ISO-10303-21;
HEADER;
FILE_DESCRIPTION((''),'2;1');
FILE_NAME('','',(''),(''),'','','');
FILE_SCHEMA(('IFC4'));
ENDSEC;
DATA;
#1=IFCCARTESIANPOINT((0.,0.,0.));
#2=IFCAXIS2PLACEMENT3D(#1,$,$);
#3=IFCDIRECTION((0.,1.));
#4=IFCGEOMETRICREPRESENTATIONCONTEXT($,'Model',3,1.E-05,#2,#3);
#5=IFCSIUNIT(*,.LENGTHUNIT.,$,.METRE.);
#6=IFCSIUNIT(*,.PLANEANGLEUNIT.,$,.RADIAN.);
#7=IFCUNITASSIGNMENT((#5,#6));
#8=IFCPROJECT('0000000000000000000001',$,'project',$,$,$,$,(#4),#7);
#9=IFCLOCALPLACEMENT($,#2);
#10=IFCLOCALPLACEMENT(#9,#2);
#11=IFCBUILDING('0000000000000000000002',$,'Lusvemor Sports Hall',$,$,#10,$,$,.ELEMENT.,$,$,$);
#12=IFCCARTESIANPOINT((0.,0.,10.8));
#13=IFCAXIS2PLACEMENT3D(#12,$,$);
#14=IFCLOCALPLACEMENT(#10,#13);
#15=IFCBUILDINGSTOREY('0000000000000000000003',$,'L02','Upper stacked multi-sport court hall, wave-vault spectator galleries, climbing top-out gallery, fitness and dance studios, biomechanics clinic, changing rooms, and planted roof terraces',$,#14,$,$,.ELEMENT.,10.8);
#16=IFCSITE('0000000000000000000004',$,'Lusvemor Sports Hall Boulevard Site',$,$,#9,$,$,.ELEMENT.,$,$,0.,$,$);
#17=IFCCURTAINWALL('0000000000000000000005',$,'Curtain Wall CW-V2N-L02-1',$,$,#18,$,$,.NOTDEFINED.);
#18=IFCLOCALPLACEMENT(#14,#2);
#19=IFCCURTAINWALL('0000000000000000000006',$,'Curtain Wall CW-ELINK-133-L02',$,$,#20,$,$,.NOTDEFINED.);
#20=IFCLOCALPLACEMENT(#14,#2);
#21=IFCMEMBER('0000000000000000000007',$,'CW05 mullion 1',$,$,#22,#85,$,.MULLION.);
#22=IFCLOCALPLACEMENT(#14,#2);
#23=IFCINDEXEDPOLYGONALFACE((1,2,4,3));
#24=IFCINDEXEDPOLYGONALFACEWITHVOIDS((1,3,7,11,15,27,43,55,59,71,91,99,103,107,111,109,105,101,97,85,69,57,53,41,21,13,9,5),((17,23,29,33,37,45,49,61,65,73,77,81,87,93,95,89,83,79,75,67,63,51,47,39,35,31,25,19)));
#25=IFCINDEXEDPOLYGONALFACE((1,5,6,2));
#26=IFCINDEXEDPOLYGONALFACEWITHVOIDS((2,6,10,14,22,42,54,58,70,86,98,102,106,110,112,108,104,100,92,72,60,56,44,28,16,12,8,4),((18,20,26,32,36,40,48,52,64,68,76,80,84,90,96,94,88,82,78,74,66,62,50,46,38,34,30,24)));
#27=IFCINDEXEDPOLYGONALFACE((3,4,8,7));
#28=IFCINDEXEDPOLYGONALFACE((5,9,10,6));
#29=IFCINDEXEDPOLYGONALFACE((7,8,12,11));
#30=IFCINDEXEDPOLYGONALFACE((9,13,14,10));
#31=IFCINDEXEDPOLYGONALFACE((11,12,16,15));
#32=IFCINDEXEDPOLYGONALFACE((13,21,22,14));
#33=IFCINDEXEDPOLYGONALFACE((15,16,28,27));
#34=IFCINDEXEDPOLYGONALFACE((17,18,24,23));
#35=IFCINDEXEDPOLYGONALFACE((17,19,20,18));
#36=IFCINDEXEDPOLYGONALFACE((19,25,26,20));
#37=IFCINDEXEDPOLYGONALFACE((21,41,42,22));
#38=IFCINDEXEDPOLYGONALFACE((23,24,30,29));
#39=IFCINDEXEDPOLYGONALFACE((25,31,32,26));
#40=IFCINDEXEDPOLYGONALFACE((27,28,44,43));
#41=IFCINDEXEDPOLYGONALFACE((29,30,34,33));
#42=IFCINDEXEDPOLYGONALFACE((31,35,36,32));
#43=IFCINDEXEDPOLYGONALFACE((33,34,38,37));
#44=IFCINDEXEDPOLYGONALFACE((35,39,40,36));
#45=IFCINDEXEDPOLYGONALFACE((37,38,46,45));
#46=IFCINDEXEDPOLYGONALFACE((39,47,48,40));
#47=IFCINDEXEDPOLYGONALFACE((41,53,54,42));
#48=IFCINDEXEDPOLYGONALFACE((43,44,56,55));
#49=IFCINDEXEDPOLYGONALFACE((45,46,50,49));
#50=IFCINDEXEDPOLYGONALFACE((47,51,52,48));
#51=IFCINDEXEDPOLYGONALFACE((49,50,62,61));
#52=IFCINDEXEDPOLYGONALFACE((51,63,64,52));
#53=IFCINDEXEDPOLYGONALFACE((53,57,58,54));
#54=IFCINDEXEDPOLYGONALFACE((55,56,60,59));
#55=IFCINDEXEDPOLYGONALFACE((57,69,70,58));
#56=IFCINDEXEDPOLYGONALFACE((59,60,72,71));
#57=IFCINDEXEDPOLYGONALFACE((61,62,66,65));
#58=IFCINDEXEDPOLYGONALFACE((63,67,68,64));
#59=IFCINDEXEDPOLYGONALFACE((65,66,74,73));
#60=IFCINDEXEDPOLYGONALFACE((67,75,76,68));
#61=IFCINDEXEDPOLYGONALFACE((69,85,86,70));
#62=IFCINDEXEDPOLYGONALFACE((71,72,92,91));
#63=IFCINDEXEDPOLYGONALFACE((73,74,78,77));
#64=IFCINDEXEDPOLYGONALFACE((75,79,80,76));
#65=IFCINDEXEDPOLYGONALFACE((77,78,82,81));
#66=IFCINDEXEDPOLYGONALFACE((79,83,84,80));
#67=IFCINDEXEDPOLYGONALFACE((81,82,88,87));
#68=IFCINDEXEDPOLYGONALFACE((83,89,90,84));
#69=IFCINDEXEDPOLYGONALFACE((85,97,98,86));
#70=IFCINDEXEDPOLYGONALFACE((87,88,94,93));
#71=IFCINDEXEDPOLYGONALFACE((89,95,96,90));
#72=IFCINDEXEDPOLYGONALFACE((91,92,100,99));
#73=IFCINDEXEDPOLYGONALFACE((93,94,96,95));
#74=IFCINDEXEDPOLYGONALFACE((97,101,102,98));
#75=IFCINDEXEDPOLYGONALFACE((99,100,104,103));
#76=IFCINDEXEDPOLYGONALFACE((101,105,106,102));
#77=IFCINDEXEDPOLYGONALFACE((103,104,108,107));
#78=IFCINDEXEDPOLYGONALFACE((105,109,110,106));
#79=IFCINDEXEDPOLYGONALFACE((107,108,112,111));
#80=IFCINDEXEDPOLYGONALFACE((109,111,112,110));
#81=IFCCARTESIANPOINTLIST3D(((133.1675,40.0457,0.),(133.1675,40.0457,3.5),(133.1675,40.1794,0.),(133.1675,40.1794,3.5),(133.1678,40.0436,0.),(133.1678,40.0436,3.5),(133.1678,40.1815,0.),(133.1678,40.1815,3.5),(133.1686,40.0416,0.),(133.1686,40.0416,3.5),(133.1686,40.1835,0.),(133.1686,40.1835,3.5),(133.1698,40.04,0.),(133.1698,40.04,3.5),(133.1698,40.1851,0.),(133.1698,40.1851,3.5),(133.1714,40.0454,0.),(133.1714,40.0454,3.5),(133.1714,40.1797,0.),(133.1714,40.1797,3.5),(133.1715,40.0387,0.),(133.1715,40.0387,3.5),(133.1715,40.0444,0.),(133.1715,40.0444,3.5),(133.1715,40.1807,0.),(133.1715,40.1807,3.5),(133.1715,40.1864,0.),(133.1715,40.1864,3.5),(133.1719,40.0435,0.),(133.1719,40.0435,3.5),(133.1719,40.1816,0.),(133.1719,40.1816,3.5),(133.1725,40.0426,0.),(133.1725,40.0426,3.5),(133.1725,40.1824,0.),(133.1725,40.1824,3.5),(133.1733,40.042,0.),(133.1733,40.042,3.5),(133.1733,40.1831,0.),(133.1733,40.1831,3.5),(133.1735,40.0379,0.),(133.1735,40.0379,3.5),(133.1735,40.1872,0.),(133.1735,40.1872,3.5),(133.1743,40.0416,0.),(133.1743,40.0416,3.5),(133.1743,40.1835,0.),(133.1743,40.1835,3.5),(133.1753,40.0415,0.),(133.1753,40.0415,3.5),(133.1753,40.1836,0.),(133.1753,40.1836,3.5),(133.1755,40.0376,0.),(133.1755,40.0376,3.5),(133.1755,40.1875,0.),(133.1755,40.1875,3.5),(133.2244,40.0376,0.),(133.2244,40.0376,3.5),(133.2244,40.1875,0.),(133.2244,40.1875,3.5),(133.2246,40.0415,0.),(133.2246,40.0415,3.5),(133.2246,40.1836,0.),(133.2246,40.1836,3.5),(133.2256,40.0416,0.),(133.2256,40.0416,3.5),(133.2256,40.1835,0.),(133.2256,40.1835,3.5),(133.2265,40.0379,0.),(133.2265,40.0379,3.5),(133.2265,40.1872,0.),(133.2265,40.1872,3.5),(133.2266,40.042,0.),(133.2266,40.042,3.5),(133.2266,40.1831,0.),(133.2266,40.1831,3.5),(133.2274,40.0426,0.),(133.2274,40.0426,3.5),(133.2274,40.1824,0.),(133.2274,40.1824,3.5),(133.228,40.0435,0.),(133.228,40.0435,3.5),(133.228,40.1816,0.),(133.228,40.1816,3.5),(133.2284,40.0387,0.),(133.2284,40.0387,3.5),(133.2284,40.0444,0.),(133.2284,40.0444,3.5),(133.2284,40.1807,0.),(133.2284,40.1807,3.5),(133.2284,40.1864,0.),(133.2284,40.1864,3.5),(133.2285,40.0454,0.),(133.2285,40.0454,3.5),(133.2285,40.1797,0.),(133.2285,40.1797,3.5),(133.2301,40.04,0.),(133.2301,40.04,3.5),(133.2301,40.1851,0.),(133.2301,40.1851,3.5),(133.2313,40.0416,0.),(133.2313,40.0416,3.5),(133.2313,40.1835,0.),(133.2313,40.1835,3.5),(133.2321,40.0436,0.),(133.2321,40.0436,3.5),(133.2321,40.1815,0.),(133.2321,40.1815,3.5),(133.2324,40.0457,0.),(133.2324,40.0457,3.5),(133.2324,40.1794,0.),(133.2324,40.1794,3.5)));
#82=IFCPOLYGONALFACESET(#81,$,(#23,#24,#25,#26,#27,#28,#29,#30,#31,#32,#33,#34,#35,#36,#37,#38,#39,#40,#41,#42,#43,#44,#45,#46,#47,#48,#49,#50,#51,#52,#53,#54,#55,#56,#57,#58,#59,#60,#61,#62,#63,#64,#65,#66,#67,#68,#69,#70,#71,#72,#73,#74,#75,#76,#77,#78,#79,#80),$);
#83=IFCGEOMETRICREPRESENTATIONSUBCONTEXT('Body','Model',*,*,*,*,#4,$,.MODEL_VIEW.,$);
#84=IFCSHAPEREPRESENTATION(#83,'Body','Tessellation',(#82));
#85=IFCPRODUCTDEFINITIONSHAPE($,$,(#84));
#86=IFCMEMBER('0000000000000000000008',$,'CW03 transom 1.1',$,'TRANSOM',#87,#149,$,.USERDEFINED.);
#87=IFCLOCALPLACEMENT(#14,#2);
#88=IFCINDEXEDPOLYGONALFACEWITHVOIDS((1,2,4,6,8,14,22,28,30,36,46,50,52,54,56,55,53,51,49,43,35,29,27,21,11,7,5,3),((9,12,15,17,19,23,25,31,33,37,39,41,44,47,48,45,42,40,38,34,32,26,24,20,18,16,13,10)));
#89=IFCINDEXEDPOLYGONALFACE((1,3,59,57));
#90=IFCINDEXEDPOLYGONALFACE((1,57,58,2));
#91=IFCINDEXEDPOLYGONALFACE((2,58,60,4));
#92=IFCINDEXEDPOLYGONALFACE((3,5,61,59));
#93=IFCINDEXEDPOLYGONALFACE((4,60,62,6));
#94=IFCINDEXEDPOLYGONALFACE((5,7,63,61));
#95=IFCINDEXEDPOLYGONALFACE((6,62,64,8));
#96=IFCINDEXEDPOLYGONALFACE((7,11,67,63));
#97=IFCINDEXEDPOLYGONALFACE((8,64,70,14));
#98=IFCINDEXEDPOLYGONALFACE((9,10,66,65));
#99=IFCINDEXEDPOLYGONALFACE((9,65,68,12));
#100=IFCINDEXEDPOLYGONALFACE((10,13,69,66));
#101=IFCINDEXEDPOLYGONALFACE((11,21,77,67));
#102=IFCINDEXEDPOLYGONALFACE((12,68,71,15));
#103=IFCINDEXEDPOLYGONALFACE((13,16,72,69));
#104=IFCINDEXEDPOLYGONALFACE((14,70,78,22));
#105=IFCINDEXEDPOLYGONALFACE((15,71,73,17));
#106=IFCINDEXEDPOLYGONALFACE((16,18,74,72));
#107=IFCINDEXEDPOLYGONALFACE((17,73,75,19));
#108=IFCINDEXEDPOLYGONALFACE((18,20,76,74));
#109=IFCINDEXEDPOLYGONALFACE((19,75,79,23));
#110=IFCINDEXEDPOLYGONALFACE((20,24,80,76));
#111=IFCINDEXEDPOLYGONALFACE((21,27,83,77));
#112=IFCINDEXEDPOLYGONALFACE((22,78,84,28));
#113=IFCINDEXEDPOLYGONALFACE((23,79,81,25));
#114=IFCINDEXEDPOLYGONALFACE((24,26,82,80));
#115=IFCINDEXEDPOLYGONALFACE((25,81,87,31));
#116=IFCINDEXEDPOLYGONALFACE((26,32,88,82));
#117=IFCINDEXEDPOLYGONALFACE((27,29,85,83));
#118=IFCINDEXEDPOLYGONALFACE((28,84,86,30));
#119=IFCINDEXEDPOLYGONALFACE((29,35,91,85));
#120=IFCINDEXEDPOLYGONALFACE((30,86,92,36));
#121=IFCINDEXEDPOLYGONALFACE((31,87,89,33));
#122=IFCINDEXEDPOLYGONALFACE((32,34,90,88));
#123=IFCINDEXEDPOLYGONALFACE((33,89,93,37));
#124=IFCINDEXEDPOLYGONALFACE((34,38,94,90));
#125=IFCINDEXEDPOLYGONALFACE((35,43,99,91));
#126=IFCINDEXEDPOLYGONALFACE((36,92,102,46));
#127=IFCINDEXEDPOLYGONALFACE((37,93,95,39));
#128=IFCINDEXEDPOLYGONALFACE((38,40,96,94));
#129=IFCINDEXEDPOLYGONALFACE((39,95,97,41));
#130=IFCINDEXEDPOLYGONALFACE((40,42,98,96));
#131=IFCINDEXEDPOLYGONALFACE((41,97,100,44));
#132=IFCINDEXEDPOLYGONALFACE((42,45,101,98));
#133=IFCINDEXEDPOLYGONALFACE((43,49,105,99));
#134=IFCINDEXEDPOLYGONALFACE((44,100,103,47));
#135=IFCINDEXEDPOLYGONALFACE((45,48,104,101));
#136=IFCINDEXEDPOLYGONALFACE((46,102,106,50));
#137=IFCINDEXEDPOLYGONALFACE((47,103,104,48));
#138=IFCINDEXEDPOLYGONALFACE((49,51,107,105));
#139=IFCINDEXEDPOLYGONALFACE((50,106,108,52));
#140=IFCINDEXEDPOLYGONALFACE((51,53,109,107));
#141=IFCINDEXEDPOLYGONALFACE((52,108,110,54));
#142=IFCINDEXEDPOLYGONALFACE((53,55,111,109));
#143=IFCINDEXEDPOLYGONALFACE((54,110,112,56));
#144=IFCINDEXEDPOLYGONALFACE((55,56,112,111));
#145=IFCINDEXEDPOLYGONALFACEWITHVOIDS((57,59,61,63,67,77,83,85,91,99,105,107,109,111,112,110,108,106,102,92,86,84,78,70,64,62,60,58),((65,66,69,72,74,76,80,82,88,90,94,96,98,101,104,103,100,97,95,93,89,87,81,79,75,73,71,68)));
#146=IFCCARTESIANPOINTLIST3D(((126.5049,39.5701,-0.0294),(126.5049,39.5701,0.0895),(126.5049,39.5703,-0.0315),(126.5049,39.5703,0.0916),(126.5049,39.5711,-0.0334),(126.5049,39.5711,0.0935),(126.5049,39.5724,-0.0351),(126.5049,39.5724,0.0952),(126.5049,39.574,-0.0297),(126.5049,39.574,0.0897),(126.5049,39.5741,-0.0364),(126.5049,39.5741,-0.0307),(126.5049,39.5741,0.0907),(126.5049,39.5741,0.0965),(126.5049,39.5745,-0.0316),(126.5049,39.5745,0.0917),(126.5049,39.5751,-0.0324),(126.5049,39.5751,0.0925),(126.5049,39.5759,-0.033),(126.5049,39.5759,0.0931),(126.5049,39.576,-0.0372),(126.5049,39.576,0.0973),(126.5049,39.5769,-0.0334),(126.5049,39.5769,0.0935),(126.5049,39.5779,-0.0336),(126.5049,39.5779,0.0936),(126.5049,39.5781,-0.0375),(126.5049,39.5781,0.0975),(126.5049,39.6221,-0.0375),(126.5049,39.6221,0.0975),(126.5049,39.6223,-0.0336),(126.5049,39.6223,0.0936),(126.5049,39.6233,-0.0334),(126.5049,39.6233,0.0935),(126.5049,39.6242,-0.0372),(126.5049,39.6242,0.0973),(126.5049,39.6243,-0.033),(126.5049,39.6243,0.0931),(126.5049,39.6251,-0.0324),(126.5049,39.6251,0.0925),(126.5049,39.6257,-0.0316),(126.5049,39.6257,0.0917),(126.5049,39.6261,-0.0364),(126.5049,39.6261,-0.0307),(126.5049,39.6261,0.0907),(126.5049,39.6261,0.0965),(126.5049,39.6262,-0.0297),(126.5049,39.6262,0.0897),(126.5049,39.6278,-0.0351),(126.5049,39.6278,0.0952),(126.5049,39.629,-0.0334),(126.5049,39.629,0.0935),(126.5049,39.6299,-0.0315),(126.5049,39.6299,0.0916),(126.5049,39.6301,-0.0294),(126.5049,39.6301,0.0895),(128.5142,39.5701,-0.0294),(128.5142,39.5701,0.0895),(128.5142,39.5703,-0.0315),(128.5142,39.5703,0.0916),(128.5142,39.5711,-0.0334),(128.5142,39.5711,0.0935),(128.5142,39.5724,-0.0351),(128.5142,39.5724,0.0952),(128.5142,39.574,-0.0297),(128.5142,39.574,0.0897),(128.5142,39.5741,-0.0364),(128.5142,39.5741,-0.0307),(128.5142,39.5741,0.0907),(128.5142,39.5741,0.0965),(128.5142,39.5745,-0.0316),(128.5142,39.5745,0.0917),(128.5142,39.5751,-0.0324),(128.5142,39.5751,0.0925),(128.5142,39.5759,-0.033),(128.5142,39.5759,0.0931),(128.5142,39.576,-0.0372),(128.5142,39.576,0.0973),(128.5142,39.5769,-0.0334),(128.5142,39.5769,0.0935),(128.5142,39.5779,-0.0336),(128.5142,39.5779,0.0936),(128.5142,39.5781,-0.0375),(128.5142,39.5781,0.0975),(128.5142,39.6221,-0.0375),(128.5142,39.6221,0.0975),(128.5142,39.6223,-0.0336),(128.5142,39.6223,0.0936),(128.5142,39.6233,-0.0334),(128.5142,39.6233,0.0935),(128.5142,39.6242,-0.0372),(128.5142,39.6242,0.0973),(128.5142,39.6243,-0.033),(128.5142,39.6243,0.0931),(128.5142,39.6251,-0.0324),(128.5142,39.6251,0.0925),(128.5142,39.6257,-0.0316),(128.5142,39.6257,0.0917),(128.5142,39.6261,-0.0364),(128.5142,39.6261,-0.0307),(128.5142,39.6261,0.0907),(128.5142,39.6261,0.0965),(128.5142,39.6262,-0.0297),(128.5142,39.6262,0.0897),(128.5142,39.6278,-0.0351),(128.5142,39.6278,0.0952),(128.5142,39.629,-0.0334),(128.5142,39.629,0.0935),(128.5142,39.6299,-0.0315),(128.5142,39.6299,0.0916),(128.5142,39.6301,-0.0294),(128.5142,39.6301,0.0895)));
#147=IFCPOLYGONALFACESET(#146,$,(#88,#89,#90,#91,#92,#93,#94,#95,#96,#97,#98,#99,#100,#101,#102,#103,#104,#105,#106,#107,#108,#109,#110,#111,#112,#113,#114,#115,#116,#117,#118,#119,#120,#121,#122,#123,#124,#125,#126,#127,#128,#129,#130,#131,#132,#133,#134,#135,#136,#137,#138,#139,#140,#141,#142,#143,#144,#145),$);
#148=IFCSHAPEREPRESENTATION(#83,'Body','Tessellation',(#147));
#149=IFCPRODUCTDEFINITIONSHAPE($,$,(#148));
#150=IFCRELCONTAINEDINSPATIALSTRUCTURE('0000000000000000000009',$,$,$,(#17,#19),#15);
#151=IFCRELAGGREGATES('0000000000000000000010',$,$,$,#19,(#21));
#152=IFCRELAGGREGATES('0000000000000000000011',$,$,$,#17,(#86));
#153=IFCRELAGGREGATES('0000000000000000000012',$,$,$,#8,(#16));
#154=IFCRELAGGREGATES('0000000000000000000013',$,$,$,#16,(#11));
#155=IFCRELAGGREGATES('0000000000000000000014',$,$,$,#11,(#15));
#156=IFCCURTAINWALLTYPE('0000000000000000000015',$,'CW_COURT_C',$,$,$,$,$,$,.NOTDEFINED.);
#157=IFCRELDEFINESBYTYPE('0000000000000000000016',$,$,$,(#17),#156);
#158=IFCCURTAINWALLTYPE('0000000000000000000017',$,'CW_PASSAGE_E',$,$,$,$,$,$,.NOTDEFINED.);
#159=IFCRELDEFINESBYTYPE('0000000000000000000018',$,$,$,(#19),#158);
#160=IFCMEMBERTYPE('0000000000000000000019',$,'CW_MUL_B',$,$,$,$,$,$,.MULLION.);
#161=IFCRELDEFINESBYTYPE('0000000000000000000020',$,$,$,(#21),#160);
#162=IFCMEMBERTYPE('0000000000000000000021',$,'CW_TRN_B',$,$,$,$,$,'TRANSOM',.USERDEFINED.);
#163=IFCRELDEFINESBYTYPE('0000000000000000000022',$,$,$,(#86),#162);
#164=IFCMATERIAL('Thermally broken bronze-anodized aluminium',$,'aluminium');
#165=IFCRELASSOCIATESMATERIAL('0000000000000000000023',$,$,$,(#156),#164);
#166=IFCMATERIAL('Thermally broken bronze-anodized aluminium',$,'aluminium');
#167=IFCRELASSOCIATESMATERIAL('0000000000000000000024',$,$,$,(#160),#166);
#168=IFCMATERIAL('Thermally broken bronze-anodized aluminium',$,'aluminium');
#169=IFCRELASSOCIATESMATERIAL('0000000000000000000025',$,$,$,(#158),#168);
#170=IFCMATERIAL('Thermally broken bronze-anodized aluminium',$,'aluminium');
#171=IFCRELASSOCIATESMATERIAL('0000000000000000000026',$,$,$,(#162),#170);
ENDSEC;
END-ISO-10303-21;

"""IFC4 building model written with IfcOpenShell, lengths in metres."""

from ifc_helpers import new_model, si_unit, direction, frame, origin, origin_2d, place, context, subcontext, project, spatial, hollow_rectangle, extrude, material, material_profile, profile_set, type_object, element, aggregate, save


model = new_model("IFC4")

# Units and contexts
model_context = context("Model", 3, precision=1e-05, world=origin(), true_north=direction((0.0, 1.0)))
body_context = subcontext(model_context, "Body", "Model", "MODEL_VIEW")
ifc_project = project(units=[si_unit("LENGTHUNIT", "METRE"), si_unit("PLANEANGLEUNIT", "RADIAN")], contexts=[model_context])

# Site, building, storey
site_placement = place(None, origin())
site = spatial("IfcSite", under=ifc_project, at=site_placement, Name="Lusvemor Sports Hall Boulevard Site", CompositionType="ELEMENT", RefElevation=0.0)
building_placement = place(site_placement, origin())
building = spatial("IfcBuilding", under=site, at=building_placement, Name="Lusvemor Sports Hall", CompositionType="ELEMENT")
storey_placement = place(building_placement, frame((0.0, 0.0, 10.8)))
storey = spatial("IfcBuildingStorey", under=building, at=storey_placement, Name="L02", Description="Upper stacked multi-sport court hall, wave-vault spectator galleries, climbing top-out gallery, fitness and dance studios, biomechanics clinic, changing rooms, and planted roof terraces", CompositionType="ELEMENT", Elevation=10.8)

# Curtain wall
ifc_material_1 = material(Name="Thermally broken bronze-anodized aluminium", Category="aluminium")
curtain_wall_type_1 = type_object("IfcCurtainWallType", Name="CW_COURT_C", PredefinedType="NOTDEFINED", material=ifc_material_1)
curtain_wall_1_placement = place(storey_placement, origin())
curtain_wall_1 = element("IfcCurtainWall", 1, at=curtain_wall_1_placement, inside=storey, type_object=curtain_wall_type_1, Name="Curtain Wall CW-V2N-L02-1", PredefinedType="NOTDEFINED")
ifc_material_2 = material(Name="Thermally broken bronze-anodized aluminium", Category="aluminium")
ifc_material_profile_1 = material_profile(ifc_material_2, hollow_rectangle(XDim=0.0649, YDim=0.1499, WallThickness=0.0039, InnerFilletRadius=0.0039, OuterFilletRadius=0.0081, at=origin_2d()), Name="CWMUL150x65x4")
ifc_profile_set_1 = profile_set([ifc_material_profile_1], Name="Thermally broken bronze-anodized aluminium")
member_type_1 = type_object("IfcMemberType", Name="CW_MUL_B", PredefinedType="MULLION", material=ifc_profile_set_1)

# Curtain wall, member
ifc_material_3 = material(Name="Thermally broken bronze-anodized aluminium", Category="aluminium")
curtain_wall_type_2 = type_object("IfcCurtainWallType", Name="CW_PASSAGE_E", PredefinedType="NOTDEFINED", material=ifc_material_3)
curtain_wall_2_placement = place(storey_placement, origin())
curtain_wall_2 = element("IfcCurtainWall", 2, at=curtain_wall_2_placement, inside=storey, type_object=curtain_wall_type_2, Name="Curtain Wall CW-ELINK-133-L02", PredefinedType="NOTDEFINED")
member_1_placement = place(storey_placement, frame((133.2, 40.1125, 0.0), z_axis=(0.0, 0.0, 1.0), x_axis=(-1.0, 0.0, 0.0)))
member_1 = element("IfcMember", 3, at=member_1_placement, type_object=member_type_1, Name="CW05 mullion 1", PredefinedType="MULLION", context=body_context, shape_type="SweptSolid", body=[
    extrude(hollow_rectangle(XDim=0.0649, YDim=0.1499, WallThickness=0.0039, InnerFilletRadius=0.0039, OuterFilletRadius=0.0081, at=origin_2d()), origin(), (0.0, 0.0, 1.0), 3.5),
])

# Member
ifc_material_4 = material(Name="Thermally broken bronze-anodized aluminium", Category="aluminium")
ifc_material_profile_2 = material_profile(ifc_material_4, hollow_rectangle(XDim=0.0601, YDim=0.135, WallThickness=0.0039, InnerFilletRadius=0.0039, OuterFilletRadius=0.0081, at=origin_2d()), Name="CWTRN135x60x4")
ifc_profile_set_2 = profile_set([ifc_material_profile_2], Name="Thermally broken bronze-anodized aluminium")
member_type_2 = type_object("IfcMemberType", Name="CW_TRN_B", ElementType="TRANSOM", PredefinedType="USERDEFINED", material=ifc_profile_set_2)
member_2_placement = place(storey_placement, frame((126.5049, 39.6001, 0.03), z_axis=(1.0, 0.0, 0.0), x_axis=(0.0, 1.0, 0.0)))
member_2 = element("IfcMember", 4, at=member_2_placement, type_object=member_type_2, Name="CW03 transom 1.1", ObjectType="TRANSOM", PredefinedType="USERDEFINED", context=body_context, shape_type="SweptSolid", body=[
    extrude(hollow_rectangle(XDim=0.0601, YDim=0.135, WallThickness=0.0039, InnerFilletRadius=0.0039, OuterFilletRadius=0.0081, at=origin_2d()), origin(), (0.0, 0.0, 1.0), 2.0093),
])
aggregate(curtain_wall_2, [member_1])

aggregate(curtain_wall_1, [member_2])

save(model, "model.ifc")
